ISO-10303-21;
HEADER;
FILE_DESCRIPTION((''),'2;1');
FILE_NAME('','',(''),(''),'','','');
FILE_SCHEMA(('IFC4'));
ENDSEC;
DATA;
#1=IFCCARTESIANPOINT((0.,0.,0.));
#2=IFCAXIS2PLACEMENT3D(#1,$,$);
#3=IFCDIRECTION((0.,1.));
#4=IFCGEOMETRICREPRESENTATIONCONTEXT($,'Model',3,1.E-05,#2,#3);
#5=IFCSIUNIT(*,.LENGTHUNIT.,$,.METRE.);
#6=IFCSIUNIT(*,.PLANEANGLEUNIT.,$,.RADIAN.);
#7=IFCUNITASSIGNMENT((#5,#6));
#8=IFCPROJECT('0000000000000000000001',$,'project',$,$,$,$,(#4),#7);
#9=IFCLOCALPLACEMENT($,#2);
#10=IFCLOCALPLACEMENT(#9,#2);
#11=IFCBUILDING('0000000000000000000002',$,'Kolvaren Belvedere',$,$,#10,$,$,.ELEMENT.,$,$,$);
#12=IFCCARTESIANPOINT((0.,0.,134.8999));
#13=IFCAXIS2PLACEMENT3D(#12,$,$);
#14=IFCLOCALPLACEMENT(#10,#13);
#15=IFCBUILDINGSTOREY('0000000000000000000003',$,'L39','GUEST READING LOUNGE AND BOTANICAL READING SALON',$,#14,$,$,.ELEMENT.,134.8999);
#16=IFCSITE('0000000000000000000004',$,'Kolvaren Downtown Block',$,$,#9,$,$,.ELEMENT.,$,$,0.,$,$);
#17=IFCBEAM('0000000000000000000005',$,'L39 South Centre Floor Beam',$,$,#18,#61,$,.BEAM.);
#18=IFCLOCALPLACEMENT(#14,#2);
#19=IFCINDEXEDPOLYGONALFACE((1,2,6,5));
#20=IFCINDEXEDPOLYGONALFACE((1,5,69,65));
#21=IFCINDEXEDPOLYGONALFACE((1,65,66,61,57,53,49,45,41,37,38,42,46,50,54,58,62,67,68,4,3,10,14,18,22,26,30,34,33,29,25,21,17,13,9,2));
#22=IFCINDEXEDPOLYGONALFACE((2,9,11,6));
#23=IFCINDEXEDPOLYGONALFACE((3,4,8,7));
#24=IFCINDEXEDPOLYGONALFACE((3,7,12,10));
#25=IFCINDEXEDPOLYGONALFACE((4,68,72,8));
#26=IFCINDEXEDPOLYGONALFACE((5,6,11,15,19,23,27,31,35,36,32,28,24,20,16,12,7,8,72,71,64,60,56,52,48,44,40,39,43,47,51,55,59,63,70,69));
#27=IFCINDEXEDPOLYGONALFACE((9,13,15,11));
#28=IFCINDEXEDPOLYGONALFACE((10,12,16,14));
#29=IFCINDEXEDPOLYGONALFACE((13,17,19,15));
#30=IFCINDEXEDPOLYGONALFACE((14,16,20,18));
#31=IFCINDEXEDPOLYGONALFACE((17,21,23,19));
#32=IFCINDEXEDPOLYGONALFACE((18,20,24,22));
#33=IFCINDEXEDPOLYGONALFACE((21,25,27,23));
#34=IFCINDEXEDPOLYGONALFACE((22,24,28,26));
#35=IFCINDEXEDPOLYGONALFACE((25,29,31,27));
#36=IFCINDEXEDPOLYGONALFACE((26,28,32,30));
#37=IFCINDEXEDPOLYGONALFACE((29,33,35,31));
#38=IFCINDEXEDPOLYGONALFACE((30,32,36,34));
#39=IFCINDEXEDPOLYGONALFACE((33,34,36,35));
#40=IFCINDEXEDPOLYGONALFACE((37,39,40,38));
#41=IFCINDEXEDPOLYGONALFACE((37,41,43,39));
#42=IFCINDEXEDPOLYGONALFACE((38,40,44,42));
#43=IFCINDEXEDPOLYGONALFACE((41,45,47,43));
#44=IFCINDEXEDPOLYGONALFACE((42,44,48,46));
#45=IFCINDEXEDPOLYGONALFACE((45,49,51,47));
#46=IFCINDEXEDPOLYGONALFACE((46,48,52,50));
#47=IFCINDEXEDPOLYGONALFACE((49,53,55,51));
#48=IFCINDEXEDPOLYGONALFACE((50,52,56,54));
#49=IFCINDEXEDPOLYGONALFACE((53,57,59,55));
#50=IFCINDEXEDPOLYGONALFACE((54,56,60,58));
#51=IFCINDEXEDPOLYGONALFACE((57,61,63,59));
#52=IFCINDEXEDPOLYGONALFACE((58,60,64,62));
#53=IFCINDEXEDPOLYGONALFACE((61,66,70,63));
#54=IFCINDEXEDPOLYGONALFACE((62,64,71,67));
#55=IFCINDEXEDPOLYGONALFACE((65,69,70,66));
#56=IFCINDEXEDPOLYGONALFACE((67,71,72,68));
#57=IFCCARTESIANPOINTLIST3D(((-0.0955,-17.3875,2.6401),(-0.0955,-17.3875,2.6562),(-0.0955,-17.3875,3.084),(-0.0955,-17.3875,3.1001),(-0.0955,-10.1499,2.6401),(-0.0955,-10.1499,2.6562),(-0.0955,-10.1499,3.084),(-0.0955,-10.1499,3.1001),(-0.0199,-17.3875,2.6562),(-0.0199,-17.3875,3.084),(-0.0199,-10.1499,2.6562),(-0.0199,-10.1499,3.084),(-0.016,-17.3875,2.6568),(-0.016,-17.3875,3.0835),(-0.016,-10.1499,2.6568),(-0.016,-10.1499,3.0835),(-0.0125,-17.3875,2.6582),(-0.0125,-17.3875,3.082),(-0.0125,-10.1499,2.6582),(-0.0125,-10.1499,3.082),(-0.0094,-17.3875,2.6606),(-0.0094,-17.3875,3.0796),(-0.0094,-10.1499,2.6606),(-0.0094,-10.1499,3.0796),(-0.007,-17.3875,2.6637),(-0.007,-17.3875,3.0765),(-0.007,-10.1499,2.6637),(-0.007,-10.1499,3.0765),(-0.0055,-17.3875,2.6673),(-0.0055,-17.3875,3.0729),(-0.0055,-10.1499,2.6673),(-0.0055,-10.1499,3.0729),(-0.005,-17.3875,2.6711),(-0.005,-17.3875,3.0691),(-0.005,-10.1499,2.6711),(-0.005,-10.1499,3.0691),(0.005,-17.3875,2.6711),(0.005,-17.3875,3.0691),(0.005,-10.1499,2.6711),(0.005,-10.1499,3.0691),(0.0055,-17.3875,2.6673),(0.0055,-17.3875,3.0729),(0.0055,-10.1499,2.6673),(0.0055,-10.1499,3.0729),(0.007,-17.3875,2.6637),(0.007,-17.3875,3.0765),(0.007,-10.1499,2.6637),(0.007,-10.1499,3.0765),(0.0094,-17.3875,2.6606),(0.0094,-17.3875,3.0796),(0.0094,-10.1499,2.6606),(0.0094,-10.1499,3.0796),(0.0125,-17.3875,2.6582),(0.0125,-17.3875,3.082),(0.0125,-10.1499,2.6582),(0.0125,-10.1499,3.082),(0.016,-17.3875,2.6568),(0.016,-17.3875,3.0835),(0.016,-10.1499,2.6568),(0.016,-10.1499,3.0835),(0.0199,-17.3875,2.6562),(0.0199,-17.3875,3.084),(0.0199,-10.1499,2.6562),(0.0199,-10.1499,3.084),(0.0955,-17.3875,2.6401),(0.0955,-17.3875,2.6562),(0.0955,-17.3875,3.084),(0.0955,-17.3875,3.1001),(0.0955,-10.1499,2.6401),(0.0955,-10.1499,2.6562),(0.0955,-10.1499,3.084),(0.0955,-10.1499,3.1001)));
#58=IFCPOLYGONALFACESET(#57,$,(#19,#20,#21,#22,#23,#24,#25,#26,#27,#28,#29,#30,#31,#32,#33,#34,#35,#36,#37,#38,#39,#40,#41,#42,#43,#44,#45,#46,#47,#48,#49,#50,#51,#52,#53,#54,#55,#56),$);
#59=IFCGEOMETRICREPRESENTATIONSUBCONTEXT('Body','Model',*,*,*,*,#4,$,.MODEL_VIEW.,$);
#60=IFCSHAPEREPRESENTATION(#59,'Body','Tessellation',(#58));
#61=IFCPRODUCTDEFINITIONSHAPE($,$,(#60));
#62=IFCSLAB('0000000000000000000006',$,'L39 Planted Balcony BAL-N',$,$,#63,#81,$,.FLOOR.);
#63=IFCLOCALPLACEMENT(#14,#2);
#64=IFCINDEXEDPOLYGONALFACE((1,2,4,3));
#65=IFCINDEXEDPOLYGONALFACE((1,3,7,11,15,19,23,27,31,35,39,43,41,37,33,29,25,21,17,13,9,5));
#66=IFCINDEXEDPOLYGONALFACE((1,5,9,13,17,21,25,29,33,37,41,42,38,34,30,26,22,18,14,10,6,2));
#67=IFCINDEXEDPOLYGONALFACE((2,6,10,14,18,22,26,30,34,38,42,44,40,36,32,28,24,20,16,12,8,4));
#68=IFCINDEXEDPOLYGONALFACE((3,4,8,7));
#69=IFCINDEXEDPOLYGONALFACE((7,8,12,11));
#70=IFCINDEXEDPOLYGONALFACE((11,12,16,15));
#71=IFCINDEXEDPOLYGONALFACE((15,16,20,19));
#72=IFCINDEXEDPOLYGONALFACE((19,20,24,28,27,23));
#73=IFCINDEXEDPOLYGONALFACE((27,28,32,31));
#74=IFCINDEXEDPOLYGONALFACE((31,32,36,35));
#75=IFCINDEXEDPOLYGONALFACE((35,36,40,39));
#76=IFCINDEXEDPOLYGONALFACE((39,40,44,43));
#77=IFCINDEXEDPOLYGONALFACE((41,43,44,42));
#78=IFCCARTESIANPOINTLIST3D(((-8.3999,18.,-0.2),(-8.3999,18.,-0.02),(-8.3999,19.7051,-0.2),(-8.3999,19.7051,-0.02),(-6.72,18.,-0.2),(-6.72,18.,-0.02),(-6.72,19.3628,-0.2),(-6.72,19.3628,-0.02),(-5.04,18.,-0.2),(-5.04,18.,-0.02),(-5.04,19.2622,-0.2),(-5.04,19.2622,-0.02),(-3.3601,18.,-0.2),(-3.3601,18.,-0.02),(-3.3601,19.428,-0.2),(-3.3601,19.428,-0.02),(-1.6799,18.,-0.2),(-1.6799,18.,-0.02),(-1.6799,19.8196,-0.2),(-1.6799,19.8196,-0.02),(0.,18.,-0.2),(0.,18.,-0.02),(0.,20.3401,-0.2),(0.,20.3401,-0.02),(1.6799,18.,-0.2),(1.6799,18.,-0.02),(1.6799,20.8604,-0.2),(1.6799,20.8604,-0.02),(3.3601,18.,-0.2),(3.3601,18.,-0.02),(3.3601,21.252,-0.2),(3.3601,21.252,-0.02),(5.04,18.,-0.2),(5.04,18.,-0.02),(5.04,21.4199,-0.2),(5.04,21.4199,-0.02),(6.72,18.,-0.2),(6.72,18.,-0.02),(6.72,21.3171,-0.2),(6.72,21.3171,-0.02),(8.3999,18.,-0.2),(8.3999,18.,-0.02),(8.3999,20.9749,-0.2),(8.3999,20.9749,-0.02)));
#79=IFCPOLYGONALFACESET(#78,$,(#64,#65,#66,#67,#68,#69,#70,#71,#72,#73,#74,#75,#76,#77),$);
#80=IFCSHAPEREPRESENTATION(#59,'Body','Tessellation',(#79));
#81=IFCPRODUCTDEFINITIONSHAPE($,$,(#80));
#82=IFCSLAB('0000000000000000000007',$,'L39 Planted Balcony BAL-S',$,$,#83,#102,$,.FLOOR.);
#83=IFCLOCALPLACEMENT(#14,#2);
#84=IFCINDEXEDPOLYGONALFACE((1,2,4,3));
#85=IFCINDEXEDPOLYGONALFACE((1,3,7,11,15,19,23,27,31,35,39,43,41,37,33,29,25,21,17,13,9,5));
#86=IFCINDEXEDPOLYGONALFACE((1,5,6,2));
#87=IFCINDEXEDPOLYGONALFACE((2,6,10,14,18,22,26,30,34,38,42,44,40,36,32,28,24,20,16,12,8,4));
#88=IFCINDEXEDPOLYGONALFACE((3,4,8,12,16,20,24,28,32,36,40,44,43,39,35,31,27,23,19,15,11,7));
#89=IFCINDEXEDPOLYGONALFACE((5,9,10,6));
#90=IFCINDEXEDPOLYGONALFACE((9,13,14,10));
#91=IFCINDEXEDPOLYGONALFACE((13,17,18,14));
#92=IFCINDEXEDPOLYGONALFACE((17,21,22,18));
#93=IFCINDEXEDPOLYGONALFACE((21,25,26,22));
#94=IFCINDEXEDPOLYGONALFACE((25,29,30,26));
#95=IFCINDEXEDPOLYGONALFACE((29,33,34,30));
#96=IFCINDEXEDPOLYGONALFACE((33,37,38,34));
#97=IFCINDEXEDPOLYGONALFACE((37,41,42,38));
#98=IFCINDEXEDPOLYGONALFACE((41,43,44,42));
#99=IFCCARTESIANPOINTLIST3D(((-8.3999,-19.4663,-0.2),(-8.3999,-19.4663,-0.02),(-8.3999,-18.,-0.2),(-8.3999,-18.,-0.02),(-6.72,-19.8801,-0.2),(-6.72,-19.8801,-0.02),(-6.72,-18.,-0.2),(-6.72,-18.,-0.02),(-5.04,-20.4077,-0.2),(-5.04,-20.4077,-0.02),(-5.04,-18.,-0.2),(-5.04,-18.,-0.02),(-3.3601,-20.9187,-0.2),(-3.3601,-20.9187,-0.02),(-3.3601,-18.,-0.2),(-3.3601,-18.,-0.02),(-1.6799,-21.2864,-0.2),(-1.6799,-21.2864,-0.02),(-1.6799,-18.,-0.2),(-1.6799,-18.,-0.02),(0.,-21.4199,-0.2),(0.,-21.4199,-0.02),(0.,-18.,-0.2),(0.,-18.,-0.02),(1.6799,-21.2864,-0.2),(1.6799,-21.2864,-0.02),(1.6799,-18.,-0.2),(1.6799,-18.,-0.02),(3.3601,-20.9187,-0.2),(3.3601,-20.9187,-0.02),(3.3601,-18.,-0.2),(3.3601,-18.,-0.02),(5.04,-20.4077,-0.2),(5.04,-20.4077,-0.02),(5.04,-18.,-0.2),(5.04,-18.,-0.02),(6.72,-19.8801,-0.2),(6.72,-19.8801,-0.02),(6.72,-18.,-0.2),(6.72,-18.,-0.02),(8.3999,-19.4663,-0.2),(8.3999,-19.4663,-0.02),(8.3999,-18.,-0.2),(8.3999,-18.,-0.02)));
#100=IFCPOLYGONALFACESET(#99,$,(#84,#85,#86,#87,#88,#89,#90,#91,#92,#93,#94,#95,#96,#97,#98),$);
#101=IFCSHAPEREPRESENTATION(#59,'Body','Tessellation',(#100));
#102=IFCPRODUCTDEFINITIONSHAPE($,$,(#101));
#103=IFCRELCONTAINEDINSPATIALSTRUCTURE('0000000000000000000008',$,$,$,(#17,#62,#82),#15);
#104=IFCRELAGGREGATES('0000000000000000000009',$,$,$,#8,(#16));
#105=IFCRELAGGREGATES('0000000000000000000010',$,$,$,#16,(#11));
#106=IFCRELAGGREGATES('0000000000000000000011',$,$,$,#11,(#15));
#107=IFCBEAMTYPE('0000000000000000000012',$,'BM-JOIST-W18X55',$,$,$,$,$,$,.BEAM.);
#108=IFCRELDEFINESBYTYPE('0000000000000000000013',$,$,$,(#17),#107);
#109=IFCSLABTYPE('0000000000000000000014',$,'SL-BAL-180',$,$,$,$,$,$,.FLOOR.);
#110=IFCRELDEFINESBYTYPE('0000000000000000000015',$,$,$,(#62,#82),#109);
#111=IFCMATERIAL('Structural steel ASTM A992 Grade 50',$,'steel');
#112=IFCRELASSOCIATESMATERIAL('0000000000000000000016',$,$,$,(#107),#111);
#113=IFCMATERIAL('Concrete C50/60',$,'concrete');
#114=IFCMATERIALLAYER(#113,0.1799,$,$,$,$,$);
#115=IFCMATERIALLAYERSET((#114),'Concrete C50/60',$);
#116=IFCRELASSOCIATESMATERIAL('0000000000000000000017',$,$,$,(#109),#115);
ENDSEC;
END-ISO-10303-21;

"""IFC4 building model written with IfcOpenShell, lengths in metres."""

from ifc_helpers import new_model, si_unit, direction, frame, origin, origin_2d, place, context, subcontext, project, spatial, polyline, i_section, outline, extrude, material, layer, layer_set, material_profile, profile_set, type_object, element, save


model = new_model("IFC4")

# Units and contexts
model_context = context("Model", 3, precision=1e-05, world=origin(), true_north=direction((0.0, 1.0)))
body_context = subcontext(model_context, "Body", "Model", "MODEL_VIEW")
ifc_project = project(units=[si_unit("LENGTHUNIT", "METRE"), si_unit("PLANEANGLEUNIT", "RADIAN")], contexts=[model_context])

# Site, building, storey
site_placement = place(None, origin())
site = spatial("IfcSite", under=ifc_project, at=site_placement, Name="Kolvaren Downtown Block", CompositionType="ELEMENT", RefElevation=0.0)
building_placement = place(site_placement, origin())
building = spatial("IfcBuilding", under=site, at=building_placement, Name="Kolvaren Belvedere", CompositionType="ELEMENT")
storey_placement = place(building_placement, frame((0.0, 0.0, 134.8999)))
storey = spatial("IfcBuildingStorey", under=building, at=storey_placement, Name="L39", Description="GUEST READING LOUNGE AND BOTANICAL READING SALON", CompositionType="ELEMENT", Elevation=134.8999)

# Beam
ifc_material_1 = material(Name="Structural steel ASTM A992 Grade 50", Category="steel")
ifc_material_profile_1 = material_profile(ifc_material_1, i_section(OverallWidth=0.1909, OverallDepth=0.46, WebThickness=0.01, FlangeThickness=0.0161, FilletRadius=0.0149, at=origin_2d()), Name="W18X55")
ifc_profile_set_1 = profile_set([ifc_material_profile_1], Name="Structural steel ASTM A992 Grade 50")
beam_type_1 = type_object("IfcBeamType", Name="BM-JOIST-W18X55", PredefinedType="BEAM", material=ifc_profile_set_1)
beam_1_placement = place(storey_placement, frame((0.0, -10.1499, 2.8701), z_axis=(0.0, -1.0, 0.0), x_axis=(1.0, 0.0, 0.0)))
element("IfcBeam", 1, at=beam_1_placement, inside=storey, type_object=beam_type_1, Name="L39 South Centre Floor Beam", PredefinedType="BEAM", context=body_context, shape_type="SweptSolid", body=[
    extrude(i_section(OverallWidth=0.1909, OverallDepth=0.46, WebThickness=0.01, FlangeThickness=0.0161, FilletRadius=0.0149, at=origin_2d()), origin(), (0.0, 0.0, 1.0), 7.2375),
])

# Slabs
ifc_material_2 = material(Name="Concrete C50/60", Category="concrete")
ifc_layer_1 = layer(ifc_material_2, 0.1799)
ifc_layer_set_1 = layer_set([ifc_layer_1], Name="Concrete C50/60")
slab_type_1 = type_object("IfcSlabType", Name="SL-BAL-180", PredefinedType="FLOOR", material=ifc_layer_set_1)
slab_1_placement = place(storey_placement, frame((0.0, 0.0, -0.2)))
element("IfcSlab", 2, at=slab_1_placement, inside=storey, type_object=slab_type_1, Name="L39 Planted Balcony BAL-N", PredefinedType="FLOOR", context=body_context, shape_type="SweptSolid", body=[
    extrude(outline(polyline([(-8.3999, 18.0), (-6.72, 18.0), (-5.04, 18.0), (-3.3601, 18.0), (-1.6799, 18.0), (0.0, 18.0), (1.6799, 18.0), (3.3601, 18.0), (5.04, 18.0), (6.72, 18.0), (8.3999, 18.0), (8.3999, 20.9749), (6.72, 21.3171), (5.04, 21.4199), (3.3601, 21.252), (1.6799, 20.8604), (0.0, 20.3401), (-1.6799, 19.8196), (-3.3601, 19.428), (-5.04, 19.2622), (-6.72, 19.3628), (-8.3999, 19.7051), (-8.3999, 18.0)])), origin(), (0.0, 0.0, 1.0), 0.1799),
])
slab_2_placement = place(storey_placement, frame((0.0, 0.0, -0.2)))
element("IfcSlab", 3, at=slab_2_placement, inside=storey, type_object=slab_type_1, Name="L39 Planted Balcony BAL-S", PredefinedType="FLOOR", context=body_context, shape_type="SweptSolid", body=[
    extrude(outline(polyline([(-8.3999, -19.4663), (-6.72, -19.8801), (-5.04, -20.4077), (-3.3601, -20.9187), (-1.6799, -21.2864), (0.0, -21.4199), (1.6799, -21.2864), (3.3601, -20.9187), (5.04, -20.4077), (6.72, -19.8801), (8.3999, -19.4663), (8.3999, -18.0), (6.72, -18.0), (5.04, -18.0), (3.3601, -18.0), (1.6799, -18.0), (0.0, -18.0), (-1.6799, -18.0), (-3.3601, -18.0), (-5.04, -18.0), (-6.72, -18.0), (-8.3999, -18.0), (-8.3999, -19.4663)])), origin(), (0.0, 0.0, 1.0), 0.1799),
])

save(model, "model.ifc")
